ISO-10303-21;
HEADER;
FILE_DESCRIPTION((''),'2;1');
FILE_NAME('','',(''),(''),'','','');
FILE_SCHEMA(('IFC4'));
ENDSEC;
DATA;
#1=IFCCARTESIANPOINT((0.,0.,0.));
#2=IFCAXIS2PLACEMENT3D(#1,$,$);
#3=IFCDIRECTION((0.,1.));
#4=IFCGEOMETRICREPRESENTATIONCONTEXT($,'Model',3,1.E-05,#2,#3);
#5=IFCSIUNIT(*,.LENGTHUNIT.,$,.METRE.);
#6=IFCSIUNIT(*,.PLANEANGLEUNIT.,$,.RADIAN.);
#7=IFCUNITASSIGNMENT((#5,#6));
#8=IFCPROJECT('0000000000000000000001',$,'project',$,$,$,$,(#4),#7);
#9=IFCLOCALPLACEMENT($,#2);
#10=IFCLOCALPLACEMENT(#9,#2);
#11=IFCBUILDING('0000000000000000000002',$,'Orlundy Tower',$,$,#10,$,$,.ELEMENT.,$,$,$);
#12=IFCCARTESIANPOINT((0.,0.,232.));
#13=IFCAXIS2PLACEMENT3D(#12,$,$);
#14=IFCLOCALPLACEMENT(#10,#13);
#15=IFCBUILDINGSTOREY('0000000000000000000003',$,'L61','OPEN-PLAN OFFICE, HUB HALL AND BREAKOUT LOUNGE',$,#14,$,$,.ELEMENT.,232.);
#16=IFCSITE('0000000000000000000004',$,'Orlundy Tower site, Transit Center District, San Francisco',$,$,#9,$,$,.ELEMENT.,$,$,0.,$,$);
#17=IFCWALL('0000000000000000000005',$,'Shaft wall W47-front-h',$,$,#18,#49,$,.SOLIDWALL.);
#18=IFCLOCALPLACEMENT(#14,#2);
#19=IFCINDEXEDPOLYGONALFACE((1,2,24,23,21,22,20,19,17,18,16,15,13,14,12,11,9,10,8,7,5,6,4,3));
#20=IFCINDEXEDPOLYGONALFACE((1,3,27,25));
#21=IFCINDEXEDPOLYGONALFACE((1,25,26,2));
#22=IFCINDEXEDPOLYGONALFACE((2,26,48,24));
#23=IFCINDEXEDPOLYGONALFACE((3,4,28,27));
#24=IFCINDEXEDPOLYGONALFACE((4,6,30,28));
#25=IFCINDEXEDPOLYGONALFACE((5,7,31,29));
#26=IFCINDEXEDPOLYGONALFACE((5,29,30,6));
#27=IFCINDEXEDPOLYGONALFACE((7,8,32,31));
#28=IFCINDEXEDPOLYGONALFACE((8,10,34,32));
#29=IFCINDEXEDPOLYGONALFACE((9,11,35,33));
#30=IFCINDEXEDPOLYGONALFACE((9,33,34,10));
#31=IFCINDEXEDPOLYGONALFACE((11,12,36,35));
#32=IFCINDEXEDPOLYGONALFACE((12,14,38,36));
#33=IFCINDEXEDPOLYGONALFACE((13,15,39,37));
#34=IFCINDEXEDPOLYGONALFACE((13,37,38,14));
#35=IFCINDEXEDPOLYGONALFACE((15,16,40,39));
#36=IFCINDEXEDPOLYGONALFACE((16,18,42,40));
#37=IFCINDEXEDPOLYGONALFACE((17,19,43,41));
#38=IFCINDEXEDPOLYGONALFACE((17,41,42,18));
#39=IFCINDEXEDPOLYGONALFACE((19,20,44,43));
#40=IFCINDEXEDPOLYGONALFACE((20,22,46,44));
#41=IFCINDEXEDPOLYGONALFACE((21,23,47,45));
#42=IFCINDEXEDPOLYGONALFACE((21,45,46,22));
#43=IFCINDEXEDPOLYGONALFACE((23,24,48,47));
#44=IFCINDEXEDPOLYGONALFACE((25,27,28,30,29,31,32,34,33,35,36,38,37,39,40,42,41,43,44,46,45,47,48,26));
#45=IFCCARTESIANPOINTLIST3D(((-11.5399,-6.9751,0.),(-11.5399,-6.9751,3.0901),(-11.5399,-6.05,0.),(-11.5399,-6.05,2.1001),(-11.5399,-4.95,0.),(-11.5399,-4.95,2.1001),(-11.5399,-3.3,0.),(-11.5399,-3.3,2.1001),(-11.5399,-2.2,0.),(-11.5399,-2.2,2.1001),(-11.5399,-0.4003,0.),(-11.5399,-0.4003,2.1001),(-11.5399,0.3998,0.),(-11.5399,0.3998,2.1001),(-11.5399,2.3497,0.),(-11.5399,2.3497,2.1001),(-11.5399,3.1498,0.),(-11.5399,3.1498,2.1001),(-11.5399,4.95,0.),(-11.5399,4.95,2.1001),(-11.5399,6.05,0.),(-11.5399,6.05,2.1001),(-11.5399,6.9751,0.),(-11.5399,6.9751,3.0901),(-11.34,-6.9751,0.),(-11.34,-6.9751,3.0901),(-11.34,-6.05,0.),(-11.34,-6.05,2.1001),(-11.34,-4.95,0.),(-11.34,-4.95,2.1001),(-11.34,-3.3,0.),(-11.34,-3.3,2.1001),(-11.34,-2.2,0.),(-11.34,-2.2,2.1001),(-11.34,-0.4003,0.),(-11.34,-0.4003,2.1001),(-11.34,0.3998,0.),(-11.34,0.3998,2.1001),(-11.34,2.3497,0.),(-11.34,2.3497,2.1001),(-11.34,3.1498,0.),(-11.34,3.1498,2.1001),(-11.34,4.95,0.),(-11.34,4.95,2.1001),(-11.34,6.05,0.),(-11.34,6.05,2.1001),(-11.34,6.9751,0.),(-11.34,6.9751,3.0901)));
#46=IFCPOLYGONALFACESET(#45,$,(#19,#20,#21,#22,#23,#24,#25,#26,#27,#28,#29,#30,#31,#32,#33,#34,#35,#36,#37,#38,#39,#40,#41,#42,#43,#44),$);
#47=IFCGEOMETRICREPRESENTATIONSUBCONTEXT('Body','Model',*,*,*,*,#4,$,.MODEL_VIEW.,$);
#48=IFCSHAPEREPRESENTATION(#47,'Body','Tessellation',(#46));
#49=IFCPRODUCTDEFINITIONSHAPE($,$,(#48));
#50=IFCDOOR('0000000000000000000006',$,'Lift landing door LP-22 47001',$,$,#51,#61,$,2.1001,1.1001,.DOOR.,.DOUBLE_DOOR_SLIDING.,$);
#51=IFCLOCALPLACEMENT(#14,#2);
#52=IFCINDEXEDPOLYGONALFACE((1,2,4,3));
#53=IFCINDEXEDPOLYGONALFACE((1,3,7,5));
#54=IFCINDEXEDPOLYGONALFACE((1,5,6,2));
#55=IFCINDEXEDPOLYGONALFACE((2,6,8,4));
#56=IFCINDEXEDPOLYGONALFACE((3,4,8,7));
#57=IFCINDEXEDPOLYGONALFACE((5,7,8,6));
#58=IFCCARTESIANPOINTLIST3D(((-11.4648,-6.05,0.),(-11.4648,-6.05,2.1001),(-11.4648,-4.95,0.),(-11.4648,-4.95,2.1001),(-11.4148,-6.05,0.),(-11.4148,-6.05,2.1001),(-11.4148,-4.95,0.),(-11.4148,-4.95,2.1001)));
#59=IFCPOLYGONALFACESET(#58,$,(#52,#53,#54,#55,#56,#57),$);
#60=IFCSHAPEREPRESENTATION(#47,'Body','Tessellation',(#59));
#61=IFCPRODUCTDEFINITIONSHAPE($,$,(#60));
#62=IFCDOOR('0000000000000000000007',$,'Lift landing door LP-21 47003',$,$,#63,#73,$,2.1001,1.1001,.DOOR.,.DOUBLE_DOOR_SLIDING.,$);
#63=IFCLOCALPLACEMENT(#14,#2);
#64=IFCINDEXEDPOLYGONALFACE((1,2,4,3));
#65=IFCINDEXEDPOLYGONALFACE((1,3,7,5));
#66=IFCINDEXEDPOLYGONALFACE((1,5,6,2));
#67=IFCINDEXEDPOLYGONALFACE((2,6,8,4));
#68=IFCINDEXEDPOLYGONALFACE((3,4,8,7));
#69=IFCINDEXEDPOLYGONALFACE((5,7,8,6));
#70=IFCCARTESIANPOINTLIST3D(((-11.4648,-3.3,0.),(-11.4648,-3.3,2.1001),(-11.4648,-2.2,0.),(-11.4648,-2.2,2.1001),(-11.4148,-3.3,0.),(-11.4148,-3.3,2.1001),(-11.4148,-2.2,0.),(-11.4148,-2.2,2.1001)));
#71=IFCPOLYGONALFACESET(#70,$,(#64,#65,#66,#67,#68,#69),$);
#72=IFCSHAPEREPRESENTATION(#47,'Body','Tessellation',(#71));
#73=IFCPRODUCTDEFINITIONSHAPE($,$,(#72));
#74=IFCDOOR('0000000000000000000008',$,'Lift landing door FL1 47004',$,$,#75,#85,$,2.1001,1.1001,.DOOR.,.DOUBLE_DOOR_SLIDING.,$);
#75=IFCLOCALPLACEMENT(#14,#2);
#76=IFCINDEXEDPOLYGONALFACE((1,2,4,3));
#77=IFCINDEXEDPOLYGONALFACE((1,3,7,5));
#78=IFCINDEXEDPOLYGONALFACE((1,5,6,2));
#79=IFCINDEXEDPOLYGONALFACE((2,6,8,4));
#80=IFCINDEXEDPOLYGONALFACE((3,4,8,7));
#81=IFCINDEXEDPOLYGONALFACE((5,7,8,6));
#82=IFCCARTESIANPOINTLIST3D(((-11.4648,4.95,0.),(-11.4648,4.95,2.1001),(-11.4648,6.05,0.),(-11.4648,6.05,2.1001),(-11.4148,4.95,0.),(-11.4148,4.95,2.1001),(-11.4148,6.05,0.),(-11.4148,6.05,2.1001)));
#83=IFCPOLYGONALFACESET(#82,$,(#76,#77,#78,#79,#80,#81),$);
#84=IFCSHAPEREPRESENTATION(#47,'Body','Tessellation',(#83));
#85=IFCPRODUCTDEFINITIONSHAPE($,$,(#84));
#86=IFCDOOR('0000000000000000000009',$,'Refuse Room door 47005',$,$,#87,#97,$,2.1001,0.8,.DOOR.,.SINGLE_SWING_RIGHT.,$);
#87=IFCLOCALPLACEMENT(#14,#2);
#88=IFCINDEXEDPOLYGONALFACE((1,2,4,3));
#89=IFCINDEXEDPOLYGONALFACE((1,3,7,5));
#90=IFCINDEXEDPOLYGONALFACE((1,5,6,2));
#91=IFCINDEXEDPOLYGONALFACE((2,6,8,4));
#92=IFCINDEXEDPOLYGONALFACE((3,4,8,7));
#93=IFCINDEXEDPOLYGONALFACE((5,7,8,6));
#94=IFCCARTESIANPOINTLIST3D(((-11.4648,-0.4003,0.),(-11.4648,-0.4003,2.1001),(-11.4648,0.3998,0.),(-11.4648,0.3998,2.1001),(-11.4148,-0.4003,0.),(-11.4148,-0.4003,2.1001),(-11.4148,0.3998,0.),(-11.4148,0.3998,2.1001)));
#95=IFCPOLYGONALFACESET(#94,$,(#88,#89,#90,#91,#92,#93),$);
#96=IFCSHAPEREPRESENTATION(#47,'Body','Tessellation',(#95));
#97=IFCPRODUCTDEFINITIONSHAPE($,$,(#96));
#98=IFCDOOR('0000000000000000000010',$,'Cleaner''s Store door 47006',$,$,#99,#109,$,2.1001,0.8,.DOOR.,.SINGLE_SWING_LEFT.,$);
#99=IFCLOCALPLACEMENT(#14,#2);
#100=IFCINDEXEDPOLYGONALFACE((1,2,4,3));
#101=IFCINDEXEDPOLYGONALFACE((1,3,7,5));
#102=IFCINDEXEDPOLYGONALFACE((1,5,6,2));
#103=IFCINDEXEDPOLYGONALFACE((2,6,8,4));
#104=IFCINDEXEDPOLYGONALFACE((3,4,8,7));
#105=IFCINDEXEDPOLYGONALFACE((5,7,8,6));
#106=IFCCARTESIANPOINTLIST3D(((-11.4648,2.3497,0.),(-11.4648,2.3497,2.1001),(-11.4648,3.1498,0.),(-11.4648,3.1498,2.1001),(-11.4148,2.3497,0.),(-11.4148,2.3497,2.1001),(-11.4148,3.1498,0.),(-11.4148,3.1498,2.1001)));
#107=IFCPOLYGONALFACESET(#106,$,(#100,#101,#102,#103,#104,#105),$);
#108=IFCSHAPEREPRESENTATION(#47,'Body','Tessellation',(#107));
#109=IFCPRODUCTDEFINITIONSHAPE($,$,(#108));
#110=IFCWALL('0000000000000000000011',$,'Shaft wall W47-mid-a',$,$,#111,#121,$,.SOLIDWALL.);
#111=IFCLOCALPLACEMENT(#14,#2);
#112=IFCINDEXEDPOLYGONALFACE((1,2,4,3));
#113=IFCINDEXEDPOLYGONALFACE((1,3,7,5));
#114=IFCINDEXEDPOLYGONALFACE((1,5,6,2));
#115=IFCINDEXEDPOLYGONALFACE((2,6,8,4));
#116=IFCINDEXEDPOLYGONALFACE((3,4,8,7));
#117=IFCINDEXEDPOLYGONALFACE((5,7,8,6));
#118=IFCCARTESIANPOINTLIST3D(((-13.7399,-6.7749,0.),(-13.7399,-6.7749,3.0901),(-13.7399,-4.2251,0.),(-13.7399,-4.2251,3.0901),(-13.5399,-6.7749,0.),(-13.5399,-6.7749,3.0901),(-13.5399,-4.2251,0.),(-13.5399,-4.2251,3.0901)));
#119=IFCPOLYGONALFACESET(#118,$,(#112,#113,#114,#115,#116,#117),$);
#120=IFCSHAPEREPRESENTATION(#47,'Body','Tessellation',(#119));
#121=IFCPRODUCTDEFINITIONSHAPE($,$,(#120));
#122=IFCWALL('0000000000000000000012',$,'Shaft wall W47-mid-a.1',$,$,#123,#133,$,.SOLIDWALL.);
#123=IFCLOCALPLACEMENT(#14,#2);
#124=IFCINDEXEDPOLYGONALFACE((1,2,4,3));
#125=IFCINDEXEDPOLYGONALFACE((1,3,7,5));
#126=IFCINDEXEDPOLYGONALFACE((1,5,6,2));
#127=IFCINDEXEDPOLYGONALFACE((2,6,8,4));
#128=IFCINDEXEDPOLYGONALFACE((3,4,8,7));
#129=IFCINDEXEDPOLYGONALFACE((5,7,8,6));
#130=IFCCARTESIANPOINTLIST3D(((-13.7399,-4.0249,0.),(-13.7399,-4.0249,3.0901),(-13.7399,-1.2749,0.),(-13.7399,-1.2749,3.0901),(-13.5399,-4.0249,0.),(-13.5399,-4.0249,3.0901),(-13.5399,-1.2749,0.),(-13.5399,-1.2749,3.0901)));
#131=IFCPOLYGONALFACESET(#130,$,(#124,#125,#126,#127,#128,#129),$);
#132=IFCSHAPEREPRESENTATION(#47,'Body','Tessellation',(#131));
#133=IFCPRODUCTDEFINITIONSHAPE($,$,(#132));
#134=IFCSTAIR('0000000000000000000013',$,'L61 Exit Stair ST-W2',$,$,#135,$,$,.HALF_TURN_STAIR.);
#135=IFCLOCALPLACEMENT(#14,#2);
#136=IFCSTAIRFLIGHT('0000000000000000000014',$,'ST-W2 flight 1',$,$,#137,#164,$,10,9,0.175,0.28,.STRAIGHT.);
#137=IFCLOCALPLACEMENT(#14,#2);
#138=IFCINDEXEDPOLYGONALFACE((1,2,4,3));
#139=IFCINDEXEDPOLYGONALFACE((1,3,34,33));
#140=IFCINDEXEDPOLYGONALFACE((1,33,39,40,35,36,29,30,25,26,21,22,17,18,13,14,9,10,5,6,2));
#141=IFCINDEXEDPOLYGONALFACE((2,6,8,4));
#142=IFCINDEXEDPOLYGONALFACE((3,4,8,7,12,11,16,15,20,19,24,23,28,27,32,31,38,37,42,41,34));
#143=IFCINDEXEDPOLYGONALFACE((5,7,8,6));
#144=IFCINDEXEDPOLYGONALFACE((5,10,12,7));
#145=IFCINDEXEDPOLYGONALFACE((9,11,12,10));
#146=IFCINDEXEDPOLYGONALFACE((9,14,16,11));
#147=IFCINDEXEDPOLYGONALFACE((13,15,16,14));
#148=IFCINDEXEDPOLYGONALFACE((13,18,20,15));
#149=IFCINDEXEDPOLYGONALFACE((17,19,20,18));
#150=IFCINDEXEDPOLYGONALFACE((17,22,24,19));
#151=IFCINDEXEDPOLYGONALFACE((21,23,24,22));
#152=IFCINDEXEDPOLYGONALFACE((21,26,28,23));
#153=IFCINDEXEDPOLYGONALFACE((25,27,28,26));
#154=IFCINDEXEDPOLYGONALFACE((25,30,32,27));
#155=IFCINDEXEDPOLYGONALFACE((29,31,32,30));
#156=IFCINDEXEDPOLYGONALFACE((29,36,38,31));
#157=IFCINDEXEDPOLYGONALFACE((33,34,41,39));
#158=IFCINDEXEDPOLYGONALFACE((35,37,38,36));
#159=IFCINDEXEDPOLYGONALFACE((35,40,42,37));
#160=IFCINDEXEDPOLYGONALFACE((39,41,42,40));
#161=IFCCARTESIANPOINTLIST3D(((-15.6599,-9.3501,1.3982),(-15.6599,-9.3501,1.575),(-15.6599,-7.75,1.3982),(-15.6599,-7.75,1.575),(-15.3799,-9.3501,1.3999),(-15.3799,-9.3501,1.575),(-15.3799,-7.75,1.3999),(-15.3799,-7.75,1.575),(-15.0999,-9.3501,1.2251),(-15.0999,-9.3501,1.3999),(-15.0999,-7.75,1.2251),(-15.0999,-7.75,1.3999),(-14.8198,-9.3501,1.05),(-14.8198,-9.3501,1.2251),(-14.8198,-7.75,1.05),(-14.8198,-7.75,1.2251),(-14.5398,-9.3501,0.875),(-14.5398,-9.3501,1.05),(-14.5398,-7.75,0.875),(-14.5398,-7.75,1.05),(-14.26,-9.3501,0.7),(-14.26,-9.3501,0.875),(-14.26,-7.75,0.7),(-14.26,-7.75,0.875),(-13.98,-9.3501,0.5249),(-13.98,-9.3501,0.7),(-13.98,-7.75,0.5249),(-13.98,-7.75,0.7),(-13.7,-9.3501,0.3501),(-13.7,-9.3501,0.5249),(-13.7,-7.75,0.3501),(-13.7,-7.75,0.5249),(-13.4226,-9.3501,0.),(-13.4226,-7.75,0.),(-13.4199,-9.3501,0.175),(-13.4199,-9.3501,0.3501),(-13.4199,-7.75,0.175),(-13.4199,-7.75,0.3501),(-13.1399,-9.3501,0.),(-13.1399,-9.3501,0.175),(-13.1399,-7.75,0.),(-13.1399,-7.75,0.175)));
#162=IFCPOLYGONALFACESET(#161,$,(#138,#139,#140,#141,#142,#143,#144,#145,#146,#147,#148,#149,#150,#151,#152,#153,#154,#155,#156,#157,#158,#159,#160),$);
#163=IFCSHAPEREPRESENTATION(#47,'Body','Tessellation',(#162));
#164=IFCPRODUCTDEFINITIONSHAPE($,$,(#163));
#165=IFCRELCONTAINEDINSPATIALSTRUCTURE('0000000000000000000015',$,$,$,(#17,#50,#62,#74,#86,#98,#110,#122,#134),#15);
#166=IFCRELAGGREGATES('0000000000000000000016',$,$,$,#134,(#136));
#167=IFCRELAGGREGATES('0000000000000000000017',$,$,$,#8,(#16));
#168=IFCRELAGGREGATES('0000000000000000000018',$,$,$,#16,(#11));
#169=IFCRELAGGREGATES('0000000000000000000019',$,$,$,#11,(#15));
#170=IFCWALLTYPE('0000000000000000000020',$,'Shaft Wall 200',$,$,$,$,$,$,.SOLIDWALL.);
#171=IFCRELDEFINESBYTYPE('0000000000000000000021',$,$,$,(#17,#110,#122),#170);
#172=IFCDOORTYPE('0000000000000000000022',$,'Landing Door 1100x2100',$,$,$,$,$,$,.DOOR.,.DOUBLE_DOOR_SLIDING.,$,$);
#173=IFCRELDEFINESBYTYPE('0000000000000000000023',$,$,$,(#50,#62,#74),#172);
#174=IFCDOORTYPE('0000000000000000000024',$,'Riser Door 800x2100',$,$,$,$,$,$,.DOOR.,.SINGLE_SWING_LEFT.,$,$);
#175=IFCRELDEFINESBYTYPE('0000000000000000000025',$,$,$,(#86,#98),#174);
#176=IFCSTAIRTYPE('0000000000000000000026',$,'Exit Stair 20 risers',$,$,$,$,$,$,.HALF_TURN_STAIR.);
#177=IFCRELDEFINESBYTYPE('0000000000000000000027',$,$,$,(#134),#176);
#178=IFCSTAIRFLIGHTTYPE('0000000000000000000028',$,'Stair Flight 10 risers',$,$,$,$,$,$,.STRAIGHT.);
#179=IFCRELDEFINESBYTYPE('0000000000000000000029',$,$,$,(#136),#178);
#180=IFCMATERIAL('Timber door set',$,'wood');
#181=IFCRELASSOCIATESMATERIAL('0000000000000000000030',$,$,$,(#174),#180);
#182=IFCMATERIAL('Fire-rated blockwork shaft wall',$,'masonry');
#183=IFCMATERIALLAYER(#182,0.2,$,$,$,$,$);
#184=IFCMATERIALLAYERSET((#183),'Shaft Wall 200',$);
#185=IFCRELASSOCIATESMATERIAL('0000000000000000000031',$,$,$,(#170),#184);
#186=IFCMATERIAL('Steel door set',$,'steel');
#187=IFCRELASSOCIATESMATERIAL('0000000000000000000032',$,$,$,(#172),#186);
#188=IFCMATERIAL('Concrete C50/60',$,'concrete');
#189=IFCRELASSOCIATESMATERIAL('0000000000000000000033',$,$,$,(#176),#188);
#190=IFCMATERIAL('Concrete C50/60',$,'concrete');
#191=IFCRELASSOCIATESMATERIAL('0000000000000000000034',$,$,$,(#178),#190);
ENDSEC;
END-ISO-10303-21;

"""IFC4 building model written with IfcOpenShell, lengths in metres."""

from ifc_helpers import new_model, si_unit, direction, frame, frame_2d, origin, place, context, subcontext, project, spatial, polyline, rectangle, outline, extrude, material, layer, layer_set, type_object, element, fill, aggregate, save


model = new_model("IFC4")

# Units and contexts
model_context = context("Model", 3, precision=1e-05, world=origin(), true_north=direction((0.0, 1.0)))
body_context = subcontext(model_context, "Body", "Model", "MODEL_VIEW")
ifc_project = project(units=[si_unit("LENGTHUNIT", "METRE"), si_unit("PLANEANGLEUNIT", "RADIAN")], contexts=[model_context])

# Site, building, storey
site_placement = place(None, origin())
site = spatial("IfcSite", under=ifc_project, at=site_placement, Name="Orlundy Tower site, Transit Center District, San Francisco", CompositionType="ELEMENT", RefElevation=0.0)
building_placement = place(site_placement, origin())
building = spatial("IfcBuilding", under=site, at=building_placement, Name="Orlundy Tower", CompositionType="ELEMENT")
storey_placement = place(building_placement, frame((0.0, 0.0, 232.0)))
storey = spatial("IfcBuildingStorey", under=building, at=storey_placement, Name="L61", Description="OPEN-PLAN OFFICE, HUB HALL AND BREAKOUT LOUNGE", CompositionType="ELEMENT", Elevation=232.0)

# Shared definitions
ifc_material_1 = material(Name="Timber door set", Category="wood")
door_type_1 = type_object("IfcDoorType", Name="Riser Door 800x2100", OperationType="SINGLE_SWING_LEFT", PredefinedType="DOOR", material=ifc_material_1)

# Shared definitions
ifc_material_2 = material(Name="Fire-rated blockwork shaft wall", Category="masonry")
ifc_layer_1 = layer(ifc_material_2, 0.2)
ifc_layer_set_1 = layer_set([ifc_layer_1], Name="Shaft Wall 200")
wall_type_1 = type_object("IfcWallType", Name="Shaft Wall 200", PredefinedType="SOLIDWALL", material=ifc_layer_set_1)

# Wall, openings, doors
wall_1_placement = place(storey_placement, frame((-11.4399, -6.9751, 0.0), z_axis=(0.0, 0.0, 1.0), x_axis=(0.0, 1.0, 0.0)))
wall_1 = element("IfcWall", 1, at=wall_1_placement, inside=storey, type_object=wall_type_1, Name="Shaft wall W47-front-h", PredefinedType="SOLIDWALL", context=body_context, shape_type="SweptSolid", body=[
    extrude(rectangle(XDim=13.9502, YDim=0.2, at=frame_2d((6.9751, 0.0))), origin(), (0.0, 0.0, 1.0), 3.0901),
])
opening_1_placement = place(wall_1_placement, frame((0.925, 0.0, 0.0)))
opening_1 = element("IfcOpeningElement", 2, at=opening_1_placement, cuts=wall_1, PredefinedType="OPENING", context=body_context, shape_type="SweptSolid", body=[
    extrude(rectangle(XDim=1.1001, YDim=2.1001, at=frame_2d((0.55, 1.05))), frame((0.0, 0.1101, 0.0), z_axis=(0.0, -1.0, 0.0), x_axis=(1.0, 0.0, 0.0)), (0.0, 0.0, 1.0), 0.2202),
])
opening_2_placement = place(wall_1_placement, frame((3.675, 0.0, 0.0)))
opening_2 = element("IfcOpeningElement", 3, at=opening_2_placement, cuts=wall_1, PredefinedType="OPENING", context=body_context, shape_type="SweptSolid", body=[
    extrude(rectangle(XDim=1.1001, YDim=2.1001, at=frame_2d((0.55, 1.05))), frame((0.0, 0.1101, 0.0), z_axis=(0.0, -1.0, 0.0), x_axis=(1.0, 0.0, 0.0)), (0.0, 0.0, 1.0), 0.2202),
])
opening_3_placement = place(wall_1_placement, frame((11.925, 0.0, 0.0)))
opening_3 = element("IfcOpeningElement", 4, at=opening_3_placement, cuts=wall_1, PredefinedType="OPENING", context=body_context, shape_type="SweptSolid", body=[
    extrude(rectangle(XDim=1.1001, YDim=2.1001, at=frame_2d((0.55, 1.05))), frame((0.0, 0.1101, 0.0), z_axis=(0.0, -1.0, 0.0), x_axis=(1.0, 0.0, 0.0)), (0.0, 0.0, 1.0), 0.2202),
])
opening_4_placement = place(wall_1_placement, frame((6.575, 0.0, 0.0)))
opening_4 = element("IfcOpeningElement", 5, at=opening_4_placement, cuts=wall_1, PredefinedType="OPENING", context=body_context, shape_type="SweptSolid", body=[
    extrude(rectangle(XDim=0.8, YDim=2.1001, at=frame_2d((0.3999, 1.05))), frame((0.0, 0.1101, 0.0), z_axis=(0.0, -1.0, 0.0), x_axis=(1.0, 0.0, 0.0)), (0.0, 0.0, 1.0), 0.2202),
])
opening_5_placement = place(wall_1_placement, frame((9.325, 0.0, 0.0)))
opening_5 = element("IfcOpeningElement", 6, at=opening_5_placement, cuts=wall_1, PredefinedType="OPENING", context=body_context, shape_type="SweptSolid", body=[
    extrude(rectangle(XDim=0.8, YDim=2.1001, at=frame_2d((0.3999, 1.05))), frame((0.0, 0.1101, 0.0), z_axis=(0.0, -1.0, 0.0), x_axis=(1.0, 0.0, 0.0)), (0.0, 0.0, 1.0), 0.2202),
])
ifc_material_3 = material(Name="Steel door set", Category="steel")
door_type_2 = type_object("IfcDoorType", Name="Landing Door 1100x2100", OperationType="DOUBLE_DOOR_SLIDING", PredefinedType="DOOR", material=ifc_material_3)
door_1_placement = place(opening_1_placement, origin())
door_1 = element("IfcDoor", 7, at=door_1_placement, inside=storey, type_object=door_type_2, Name="Lift landing door LP-22 47001", OperationType="DOUBLE_DOOR_SLIDING", OverallHeight=2.1001, OverallWidth=1.1001, PredefinedType="DOOR", context=body_context, shape_type="SweptSolid", body=[
    extrude(rectangle(XDim=1.1001, YDim=2.1001, at=frame_2d((0.55, 1.05))), frame((0.0, 0.0249, 0.0), z_axis=(0.0, -1.0, 0.0), x_axis=(1.0, 0.0, 0.0)), (0.0, 0.0, 1.0), 0.05),
])
fill(opening_1, door_1)
door_2_placement = place(opening_2_placement, origin())
door_2 = element("IfcDoor", 8, at=door_2_placement, inside=storey, type_object=door_type_2, Name="Lift landing door LP-21 47003", OperationType="DOUBLE_DOOR_SLIDING", OverallHeight=2.1001, OverallWidth=1.1001, PredefinedType="DOOR", context=body_context, shape_type="SweptSolid", body=[
    extrude(rectangle(XDim=1.1001, YDim=2.1001, at=frame_2d((0.55, 1.05))), frame((0.0, 0.0249, 0.0), z_axis=(0.0, -1.0, 0.0), x_axis=(1.0, 0.0, 0.0)), (0.0, 0.0, 1.0), 0.05),
])
fill(opening_2, door_2)
door_3_placement = place(opening_3_placement, origin())
door_3 = element("IfcDoor", 9, at=door_3_placement, inside=storey, type_object=door_type_2, Name="Lift landing door FL1 47004", OperationType="DOUBLE_DOOR_SLIDING", OverallHeight=2.1001, OverallWidth=1.1001, PredefinedType="DOOR", context=body_context, shape_type="SweptSolid", body=[
    extrude(rectangle(XDim=1.1001, YDim=2.1001, at=frame_2d((0.55, 1.05))), frame((0.0, 0.0249, 0.0), z_axis=(0.0, -1.0, 0.0), x_axis=(1.0, 0.0, 0.0)), (0.0, 0.0, 1.0), 0.05),
])
fill(opening_3, door_3)
door_4_placement = place(opening_4_placement, origin())
door_4 = element("IfcDoor", 10, at=door_4_placement, inside=storey, type_object=door_type_1, Name="Refuse Room door 47005", OperationType="SINGLE_SWING_RIGHT", OverallHeight=2.1001, OverallWidth=0.8, PredefinedType="DOOR", context=body_context, shape_type="SweptSolid", body=[
    extrude(rectangle(XDim=0.8, YDim=2.1001, at=frame_2d((0.3999, 1.05))), frame((0.0, 0.0249, 0.0), z_axis=(0.0, -1.0, 0.0), x_axis=(1.0, 0.0, 0.0)), (0.0, 0.0, 1.0), 0.05),
])
fill(opening_4, door_4)
door_5_placement = place(opening_5_placement, origin())
door_5 = element("IfcDoor", 11, at=door_5_placement, inside=storey, type_object=door_type_1, Name="Cleaner's Store door 47006", OperationType="SINGLE_SWING_LEFT", OverallHeight=2.1001, OverallWidth=0.8, PredefinedType="DOOR", context=body_context, shape_type="SweptSolid", body=[
    extrude(rectangle(XDim=0.8, YDim=2.1001, at=frame_2d((0.3999, 1.05))), frame((0.0, 0.0249, 0.0), z_axis=(0.0, -1.0, 0.0), x_axis=(1.0, 0.0, 0.0)), (0.0, 0.0, 1.0), 0.05),
])
fill(opening_5, door_5)

# Walls
wall_2_placement = place(storey_placement, frame((-13.6399, -6.7749, 0.0), z_axis=(0.0, 0.0, 1.0), x_axis=(0.0, 1.0, 0.0)))
element("IfcWall", 12, at=wall_2_placement, inside=storey, type_object=wall_type_1, Name="Shaft wall W47-mid-a", PredefinedType="SOLIDWALL", context=body_context, shape_type="SweptSolid", body=[
    extrude(rectangle(XDim=2.5498, YDim=0.2, at=frame_2d((1.2749, 0.0))), origin(), (0.0, 0.0, 1.0), 3.0901),
])
wall_3_placement = place(storey_placement, frame((-13.6399, -4.0249, 0.0), z_axis=(0.0, 0.0, 1.0), x_axis=(0.0, 1.0, 0.0)))
element("IfcWall", 13, at=wall_3_placement, inside=storey, type_object=wall_type_1, Name="Shaft wall W47-mid-a.1", PredefinedType="SOLIDWALL", context=body_context, shape_type="SweptSolid", body=[
    extrude(rectangle(XDim=2.75, YDim=0.2, at=frame_2d((1.375, 0.0))), origin(), (0.0, 0.0, 1.0), 3.0901),
])

# Stair, stair flight
ifc_material_4 = material(Name="Concrete C50/60", Category="concrete")
stair_type = type_object("IfcStairType", Name="Exit Stair 20 risers", PredefinedType="HALF_TURN_STAIR", material=ifc_material_4)
stair_placement = place(storey_placement, origin())
stair = element("IfcStair", 14, at=stair_placement, inside=storey, type_object=stair_type, Name="L61 Exit Stair ST-W2", PredefinedType="HALF_TURN_STAIR")
ifc_material_5 = material(Name="Concrete C50/60", Category="concrete")
stair_flight_type = type_object("IfcStairFlightType", Name="Stair Flight 10 risers", PredefinedType="STRAIGHT", material=ifc_material_5)
stair_flight_1_placement = place(storey_placement, frame((-13.1399, -8.55, 0.0), z_axis=(0.0, 0.0, 1.0), x_axis=(-1.0, 0.0, 0.0)))
stair_flight_1 = element("IfcStairFlight", 15, at=stair_flight_1_placement, type_object=stair_flight_type, Name="ST-W2 flight 1", NumberOfRisers=10, NumberOfTreads=9, PredefinedType="STRAIGHT", RiserHeight=0.175, TreadLength=0.28, context=body_context, shape_type="SweptSolid", body=[
    extrude(outline(polyline([(0.0, 0.0), (0.0, 0.175), (0.28, 0.175), (0.28, 0.3501), (0.5601, 0.3501), (0.5601, 0.5249), (0.8401, 0.5249), (0.8401, 0.7), (1.1201, 0.7), (1.1201, 0.875), (1.3999, 0.875), (1.3999, 1.05), (1.6799, 1.05), (1.6799, 1.2251), (1.96, 1.2251), (1.96, 1.3999), (2.24, 1.3999), (2.24, 1.575), (2.52, 1.575), (2.52, 1.75), (2.52, 1.3982), (0.2827, 0.0), (0.0, 0.0)])), frame((0.0, 0.8, 0.0), z_axis=(0.0, -1.0, 0.0), x_axis=(1.0, 0.0, 0.0)), (0.0, 0.0, 1.0), 1.6001),
])
aggregate(stair, [stair_flight_1])

save(model, "model.ifc")
